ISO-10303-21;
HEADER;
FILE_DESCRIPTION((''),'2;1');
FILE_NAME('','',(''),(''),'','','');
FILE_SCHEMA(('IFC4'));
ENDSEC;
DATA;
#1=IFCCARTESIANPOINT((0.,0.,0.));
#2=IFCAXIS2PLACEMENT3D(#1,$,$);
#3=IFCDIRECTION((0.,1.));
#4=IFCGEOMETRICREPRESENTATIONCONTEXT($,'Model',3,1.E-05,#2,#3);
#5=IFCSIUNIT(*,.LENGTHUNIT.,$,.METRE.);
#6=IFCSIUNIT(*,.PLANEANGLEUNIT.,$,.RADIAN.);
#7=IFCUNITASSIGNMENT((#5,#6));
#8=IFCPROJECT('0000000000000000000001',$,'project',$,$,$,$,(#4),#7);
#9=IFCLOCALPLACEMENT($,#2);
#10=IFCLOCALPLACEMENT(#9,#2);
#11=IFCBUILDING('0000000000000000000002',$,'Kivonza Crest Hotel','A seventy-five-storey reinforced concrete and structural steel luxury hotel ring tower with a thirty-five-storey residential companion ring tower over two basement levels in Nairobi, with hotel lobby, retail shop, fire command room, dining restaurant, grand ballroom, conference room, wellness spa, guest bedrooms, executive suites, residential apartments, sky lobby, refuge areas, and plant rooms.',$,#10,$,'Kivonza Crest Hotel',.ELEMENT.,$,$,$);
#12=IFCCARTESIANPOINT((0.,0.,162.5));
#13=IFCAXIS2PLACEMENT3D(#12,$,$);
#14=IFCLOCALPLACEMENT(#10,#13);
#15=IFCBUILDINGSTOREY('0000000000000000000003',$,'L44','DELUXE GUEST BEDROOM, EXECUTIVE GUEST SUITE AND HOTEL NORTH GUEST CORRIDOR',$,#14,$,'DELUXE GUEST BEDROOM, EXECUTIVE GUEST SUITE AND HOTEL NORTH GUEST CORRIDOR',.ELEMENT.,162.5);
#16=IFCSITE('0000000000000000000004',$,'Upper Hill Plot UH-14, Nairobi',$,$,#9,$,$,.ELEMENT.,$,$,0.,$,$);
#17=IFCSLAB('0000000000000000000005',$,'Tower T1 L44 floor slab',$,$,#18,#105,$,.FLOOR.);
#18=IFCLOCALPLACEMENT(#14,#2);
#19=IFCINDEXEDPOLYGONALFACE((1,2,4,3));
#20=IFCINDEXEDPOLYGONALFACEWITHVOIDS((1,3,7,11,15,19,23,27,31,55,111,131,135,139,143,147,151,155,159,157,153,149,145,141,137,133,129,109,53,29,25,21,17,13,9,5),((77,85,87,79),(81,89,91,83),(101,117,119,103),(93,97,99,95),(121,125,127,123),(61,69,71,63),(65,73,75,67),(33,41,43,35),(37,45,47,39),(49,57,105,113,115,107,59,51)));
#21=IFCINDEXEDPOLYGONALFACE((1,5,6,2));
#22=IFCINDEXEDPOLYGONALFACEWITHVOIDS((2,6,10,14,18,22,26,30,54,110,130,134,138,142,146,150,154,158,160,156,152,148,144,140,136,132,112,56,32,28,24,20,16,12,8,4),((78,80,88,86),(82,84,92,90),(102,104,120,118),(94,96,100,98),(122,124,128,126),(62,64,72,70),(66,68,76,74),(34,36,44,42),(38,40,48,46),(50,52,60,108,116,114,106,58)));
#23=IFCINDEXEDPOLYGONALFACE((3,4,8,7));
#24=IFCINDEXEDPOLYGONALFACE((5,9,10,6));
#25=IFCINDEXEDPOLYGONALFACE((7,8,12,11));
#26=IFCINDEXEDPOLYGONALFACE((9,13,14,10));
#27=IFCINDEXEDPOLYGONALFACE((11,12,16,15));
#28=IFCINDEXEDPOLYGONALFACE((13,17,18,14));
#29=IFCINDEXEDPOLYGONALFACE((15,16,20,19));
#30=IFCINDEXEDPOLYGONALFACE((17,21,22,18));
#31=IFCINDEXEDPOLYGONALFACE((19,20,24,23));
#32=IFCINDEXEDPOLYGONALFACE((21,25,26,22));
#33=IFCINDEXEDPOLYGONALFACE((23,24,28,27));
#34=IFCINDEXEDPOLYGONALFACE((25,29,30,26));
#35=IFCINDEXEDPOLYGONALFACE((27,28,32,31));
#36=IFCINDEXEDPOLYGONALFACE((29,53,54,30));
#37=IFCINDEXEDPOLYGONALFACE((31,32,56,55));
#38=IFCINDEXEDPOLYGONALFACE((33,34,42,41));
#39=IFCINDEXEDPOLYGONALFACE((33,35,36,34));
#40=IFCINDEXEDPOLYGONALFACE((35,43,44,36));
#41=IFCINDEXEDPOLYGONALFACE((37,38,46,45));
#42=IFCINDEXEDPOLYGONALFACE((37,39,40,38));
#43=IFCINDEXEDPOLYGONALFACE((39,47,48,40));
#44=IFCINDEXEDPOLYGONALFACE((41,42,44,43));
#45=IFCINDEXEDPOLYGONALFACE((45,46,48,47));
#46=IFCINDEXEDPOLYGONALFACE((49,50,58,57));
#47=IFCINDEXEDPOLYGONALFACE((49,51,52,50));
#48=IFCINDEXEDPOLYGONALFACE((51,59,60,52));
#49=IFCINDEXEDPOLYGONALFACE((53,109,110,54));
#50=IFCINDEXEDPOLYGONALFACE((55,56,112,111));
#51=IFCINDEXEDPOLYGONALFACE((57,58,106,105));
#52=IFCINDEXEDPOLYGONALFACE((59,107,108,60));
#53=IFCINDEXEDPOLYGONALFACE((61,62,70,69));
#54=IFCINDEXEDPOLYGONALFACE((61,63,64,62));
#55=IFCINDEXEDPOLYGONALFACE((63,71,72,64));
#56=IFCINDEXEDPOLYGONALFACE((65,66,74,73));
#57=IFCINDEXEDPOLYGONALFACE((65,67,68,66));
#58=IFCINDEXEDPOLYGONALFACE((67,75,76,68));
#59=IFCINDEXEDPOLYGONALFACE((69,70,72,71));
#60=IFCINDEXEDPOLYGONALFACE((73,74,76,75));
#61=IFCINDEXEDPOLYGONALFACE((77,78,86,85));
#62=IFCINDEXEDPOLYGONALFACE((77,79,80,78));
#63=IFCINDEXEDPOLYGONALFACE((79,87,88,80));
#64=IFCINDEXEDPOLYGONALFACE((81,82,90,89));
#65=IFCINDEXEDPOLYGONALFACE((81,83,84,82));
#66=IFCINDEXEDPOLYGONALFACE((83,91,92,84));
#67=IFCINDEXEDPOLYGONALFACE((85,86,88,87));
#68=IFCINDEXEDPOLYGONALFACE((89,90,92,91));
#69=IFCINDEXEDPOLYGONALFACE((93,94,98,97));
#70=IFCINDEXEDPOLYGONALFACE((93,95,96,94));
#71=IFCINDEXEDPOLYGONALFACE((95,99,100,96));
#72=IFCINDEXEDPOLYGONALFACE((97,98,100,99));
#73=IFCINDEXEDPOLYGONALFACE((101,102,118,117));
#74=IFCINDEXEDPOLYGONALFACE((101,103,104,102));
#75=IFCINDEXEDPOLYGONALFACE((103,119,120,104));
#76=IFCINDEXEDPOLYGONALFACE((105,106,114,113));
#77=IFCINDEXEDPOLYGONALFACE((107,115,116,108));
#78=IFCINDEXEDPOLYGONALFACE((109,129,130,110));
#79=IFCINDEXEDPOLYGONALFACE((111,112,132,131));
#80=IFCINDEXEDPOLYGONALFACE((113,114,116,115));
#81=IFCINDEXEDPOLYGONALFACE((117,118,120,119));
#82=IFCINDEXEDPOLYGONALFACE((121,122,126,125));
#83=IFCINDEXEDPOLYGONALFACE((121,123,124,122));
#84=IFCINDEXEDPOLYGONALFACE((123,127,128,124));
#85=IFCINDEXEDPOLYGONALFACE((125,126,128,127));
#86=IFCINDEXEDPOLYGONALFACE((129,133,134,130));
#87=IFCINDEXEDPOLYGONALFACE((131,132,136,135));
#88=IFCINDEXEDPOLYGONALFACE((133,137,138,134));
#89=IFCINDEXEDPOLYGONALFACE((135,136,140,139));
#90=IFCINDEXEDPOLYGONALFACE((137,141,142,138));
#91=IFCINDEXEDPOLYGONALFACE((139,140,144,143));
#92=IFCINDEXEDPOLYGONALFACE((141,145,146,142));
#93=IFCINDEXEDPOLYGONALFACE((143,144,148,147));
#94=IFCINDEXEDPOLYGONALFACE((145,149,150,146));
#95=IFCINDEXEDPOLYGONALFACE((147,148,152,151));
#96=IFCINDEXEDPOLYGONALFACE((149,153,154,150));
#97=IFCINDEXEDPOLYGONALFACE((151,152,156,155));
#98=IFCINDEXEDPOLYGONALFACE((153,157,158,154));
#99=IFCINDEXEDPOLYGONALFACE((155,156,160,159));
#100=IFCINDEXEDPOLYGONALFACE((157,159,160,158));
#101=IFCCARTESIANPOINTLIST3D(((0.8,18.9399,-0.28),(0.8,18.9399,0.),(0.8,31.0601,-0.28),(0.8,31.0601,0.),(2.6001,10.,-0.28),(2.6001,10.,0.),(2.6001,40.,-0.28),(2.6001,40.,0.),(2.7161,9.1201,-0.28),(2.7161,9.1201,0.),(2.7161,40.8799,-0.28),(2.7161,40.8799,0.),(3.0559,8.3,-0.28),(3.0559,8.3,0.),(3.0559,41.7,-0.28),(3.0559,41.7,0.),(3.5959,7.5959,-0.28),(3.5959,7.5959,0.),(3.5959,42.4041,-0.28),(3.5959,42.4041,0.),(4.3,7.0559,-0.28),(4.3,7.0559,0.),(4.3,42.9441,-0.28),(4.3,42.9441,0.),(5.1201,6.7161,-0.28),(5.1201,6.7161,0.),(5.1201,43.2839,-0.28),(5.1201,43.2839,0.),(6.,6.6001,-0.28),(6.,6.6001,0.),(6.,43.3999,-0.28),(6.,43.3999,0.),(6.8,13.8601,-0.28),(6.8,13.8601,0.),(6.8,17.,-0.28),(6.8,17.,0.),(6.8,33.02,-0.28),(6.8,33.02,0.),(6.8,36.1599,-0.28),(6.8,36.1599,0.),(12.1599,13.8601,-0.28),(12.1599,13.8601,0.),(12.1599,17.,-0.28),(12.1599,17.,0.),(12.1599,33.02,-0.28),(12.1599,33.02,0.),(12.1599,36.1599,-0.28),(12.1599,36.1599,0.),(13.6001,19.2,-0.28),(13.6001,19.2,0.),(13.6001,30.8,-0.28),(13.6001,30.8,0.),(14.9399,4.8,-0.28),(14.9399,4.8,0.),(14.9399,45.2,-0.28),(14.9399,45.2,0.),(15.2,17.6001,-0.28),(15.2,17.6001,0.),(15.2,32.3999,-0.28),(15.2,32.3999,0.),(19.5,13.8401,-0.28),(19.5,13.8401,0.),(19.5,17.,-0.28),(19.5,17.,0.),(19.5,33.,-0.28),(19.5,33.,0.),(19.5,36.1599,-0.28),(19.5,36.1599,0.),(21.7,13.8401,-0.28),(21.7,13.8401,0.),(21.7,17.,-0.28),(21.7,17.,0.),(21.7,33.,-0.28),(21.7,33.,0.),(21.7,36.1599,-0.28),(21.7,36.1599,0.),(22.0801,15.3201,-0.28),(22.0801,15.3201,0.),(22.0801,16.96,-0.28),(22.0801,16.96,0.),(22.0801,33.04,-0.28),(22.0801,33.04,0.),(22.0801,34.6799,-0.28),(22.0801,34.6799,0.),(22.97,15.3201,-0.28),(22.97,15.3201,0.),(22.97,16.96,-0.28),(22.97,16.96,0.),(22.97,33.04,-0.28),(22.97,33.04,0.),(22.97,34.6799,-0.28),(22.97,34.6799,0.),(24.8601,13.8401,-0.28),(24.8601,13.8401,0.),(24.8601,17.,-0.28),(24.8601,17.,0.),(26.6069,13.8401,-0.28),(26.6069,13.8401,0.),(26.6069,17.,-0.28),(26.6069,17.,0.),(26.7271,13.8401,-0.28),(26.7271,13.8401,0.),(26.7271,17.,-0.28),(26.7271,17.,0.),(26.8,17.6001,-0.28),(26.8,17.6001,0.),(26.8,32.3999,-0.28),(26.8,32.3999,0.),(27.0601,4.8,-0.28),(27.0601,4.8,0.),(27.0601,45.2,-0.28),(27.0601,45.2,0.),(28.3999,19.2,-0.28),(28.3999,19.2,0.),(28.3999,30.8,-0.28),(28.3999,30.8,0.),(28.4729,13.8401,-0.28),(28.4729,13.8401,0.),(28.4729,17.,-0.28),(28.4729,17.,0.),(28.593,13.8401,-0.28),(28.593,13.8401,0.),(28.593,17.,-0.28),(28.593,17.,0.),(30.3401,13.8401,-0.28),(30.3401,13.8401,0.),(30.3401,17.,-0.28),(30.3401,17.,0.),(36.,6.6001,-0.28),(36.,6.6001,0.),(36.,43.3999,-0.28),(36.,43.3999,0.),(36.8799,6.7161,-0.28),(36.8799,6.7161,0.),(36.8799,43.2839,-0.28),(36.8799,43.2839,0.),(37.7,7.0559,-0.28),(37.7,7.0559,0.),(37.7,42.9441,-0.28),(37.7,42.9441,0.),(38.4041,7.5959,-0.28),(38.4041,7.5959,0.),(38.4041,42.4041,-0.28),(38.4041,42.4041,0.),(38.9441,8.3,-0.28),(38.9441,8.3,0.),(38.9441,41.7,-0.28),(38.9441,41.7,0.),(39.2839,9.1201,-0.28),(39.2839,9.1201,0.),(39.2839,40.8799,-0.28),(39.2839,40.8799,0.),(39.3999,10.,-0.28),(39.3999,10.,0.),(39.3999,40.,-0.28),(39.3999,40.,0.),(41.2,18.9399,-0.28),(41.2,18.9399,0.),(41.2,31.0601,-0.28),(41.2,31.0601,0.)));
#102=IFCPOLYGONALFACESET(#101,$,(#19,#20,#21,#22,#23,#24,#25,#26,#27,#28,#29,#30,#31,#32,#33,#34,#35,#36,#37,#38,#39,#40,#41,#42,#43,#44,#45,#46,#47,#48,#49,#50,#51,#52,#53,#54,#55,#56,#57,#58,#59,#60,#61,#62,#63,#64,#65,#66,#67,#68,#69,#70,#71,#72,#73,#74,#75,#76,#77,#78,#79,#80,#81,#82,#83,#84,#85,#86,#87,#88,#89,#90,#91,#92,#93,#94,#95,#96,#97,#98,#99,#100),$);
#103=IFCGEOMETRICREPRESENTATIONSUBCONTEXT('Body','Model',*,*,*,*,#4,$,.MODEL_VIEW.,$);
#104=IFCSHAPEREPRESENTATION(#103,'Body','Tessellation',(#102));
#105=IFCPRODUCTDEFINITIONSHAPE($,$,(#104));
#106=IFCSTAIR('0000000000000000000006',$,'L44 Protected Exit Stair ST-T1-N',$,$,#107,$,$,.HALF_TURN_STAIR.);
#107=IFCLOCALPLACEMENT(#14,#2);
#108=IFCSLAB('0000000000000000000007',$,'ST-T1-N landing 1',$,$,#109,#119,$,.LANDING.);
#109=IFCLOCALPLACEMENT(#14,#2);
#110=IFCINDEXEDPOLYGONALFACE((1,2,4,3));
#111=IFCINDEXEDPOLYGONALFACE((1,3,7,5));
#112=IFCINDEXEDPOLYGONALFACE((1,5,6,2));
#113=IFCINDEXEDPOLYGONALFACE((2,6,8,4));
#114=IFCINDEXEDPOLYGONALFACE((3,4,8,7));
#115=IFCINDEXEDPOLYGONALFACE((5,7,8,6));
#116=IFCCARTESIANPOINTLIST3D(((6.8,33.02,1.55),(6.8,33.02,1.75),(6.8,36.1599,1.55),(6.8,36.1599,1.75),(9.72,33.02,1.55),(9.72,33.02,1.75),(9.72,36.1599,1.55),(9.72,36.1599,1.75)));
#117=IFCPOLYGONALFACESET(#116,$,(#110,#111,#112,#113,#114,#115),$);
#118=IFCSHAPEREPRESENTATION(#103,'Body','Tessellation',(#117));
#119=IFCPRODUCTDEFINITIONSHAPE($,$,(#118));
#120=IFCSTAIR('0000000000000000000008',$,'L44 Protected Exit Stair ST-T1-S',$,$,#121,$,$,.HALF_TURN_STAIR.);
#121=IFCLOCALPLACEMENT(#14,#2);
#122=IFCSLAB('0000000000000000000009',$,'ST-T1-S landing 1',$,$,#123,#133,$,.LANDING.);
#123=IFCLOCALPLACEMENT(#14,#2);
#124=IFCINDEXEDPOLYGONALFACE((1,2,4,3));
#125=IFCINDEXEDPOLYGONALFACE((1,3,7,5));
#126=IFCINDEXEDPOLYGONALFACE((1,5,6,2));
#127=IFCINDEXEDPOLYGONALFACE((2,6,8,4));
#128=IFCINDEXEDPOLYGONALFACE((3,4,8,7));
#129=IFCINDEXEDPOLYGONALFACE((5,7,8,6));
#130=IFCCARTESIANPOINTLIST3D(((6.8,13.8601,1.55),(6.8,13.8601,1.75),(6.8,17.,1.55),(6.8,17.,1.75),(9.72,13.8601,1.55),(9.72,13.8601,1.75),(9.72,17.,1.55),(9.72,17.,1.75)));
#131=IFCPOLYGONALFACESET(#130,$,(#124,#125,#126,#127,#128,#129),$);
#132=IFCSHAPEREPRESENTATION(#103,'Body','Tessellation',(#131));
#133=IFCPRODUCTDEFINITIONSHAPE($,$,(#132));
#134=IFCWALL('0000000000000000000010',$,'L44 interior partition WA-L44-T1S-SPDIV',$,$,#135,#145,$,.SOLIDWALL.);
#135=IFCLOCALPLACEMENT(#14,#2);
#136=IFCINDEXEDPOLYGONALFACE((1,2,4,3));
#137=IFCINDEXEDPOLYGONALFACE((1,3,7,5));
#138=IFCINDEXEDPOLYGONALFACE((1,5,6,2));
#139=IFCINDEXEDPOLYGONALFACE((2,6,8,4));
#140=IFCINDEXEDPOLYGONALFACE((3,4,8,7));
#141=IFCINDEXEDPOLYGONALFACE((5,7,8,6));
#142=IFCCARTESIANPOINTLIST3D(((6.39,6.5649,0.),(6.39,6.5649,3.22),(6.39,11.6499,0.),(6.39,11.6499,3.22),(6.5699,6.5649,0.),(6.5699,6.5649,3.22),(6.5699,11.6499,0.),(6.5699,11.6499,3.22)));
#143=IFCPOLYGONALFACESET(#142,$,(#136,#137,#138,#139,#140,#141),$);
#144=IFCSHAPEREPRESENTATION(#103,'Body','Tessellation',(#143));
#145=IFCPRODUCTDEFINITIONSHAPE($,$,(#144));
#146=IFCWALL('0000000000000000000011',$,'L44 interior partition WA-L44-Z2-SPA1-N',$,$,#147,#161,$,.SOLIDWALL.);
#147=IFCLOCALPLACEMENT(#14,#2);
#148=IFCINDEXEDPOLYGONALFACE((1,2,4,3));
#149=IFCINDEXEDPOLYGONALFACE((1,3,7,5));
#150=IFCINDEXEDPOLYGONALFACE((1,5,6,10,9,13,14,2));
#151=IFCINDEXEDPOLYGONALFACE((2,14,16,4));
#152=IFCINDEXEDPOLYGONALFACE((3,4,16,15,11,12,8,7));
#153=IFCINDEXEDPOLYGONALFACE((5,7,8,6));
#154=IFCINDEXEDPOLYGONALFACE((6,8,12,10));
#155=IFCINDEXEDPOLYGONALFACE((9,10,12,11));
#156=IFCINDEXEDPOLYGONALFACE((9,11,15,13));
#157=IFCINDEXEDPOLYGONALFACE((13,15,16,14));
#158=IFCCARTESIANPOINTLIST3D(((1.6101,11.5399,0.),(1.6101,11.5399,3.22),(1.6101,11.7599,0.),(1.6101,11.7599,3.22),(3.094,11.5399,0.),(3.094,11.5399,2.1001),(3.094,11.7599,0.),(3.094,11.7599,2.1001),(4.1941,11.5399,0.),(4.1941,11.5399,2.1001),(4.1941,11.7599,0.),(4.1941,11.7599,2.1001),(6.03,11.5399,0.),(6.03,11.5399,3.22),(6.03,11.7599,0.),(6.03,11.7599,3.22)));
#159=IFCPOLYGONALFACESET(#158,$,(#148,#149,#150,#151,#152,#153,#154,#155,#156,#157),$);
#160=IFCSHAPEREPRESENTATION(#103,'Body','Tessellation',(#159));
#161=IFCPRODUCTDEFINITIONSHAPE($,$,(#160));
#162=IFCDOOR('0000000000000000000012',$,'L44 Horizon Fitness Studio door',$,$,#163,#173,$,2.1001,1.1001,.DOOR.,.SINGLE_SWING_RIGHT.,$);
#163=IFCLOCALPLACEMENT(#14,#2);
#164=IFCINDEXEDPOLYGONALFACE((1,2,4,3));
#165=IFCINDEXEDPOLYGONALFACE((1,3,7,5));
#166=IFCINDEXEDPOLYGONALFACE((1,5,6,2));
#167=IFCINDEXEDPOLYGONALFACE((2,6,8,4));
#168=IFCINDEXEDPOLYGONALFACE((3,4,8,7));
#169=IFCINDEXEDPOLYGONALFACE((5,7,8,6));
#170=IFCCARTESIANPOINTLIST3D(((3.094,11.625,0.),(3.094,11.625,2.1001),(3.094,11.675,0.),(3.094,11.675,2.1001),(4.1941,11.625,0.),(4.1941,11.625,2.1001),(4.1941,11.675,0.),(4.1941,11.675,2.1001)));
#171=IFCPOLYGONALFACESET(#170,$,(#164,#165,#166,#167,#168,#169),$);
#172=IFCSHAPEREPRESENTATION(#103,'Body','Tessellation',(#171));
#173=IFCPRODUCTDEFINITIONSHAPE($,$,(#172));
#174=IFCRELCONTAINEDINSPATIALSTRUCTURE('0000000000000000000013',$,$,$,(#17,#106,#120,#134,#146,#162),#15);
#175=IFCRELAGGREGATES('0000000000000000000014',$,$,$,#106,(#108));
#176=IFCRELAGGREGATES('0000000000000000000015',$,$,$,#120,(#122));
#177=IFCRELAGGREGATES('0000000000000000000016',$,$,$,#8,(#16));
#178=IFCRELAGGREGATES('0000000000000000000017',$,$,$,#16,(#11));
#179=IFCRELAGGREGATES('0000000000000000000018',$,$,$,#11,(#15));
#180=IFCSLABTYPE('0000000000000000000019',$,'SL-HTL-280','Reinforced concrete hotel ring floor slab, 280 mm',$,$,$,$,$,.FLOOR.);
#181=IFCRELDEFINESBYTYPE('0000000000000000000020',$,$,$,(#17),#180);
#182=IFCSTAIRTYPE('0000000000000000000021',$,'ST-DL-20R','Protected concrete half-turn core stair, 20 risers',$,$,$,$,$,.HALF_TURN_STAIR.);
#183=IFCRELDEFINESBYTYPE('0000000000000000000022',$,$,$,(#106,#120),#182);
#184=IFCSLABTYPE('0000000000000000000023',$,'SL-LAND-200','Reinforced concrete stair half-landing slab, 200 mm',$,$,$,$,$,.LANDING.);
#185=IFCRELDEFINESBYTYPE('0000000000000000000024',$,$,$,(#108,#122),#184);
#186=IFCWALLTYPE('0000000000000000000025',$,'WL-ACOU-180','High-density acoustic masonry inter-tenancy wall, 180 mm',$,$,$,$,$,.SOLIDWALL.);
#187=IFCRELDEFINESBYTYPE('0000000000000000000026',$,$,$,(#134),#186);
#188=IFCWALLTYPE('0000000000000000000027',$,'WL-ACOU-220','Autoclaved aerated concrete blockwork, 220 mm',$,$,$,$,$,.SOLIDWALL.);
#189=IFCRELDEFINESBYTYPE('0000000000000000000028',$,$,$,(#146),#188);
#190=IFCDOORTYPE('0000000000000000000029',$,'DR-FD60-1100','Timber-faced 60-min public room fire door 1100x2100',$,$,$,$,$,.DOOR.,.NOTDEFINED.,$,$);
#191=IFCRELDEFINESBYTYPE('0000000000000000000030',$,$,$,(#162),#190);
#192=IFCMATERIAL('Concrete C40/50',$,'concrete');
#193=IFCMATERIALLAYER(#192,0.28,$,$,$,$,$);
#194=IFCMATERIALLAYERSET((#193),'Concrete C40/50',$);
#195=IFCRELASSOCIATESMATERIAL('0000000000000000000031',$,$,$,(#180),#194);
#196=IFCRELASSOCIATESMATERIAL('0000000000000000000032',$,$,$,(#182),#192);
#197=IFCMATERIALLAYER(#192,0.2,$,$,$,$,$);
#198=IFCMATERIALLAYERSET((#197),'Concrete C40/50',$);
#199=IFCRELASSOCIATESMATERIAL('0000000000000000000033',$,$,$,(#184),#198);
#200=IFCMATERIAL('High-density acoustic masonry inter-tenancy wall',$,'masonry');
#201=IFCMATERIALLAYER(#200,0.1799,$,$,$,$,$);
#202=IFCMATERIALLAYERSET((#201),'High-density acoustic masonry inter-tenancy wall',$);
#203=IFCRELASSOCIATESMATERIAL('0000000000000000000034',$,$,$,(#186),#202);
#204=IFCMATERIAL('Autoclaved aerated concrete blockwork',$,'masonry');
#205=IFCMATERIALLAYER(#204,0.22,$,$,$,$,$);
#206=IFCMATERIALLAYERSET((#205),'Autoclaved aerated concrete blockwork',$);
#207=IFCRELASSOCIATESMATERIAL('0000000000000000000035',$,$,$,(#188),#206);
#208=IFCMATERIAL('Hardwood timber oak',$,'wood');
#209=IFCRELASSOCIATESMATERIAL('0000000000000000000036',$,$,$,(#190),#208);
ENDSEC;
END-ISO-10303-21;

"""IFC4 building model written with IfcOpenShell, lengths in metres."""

from ifc_helpers import new_model, si_unit, direction, frame, frame_2d, origin, place, context, subcontext, project, spatial, polyline, rectangle, outline, extrude, material, layer, layer_set, type_object, element, fill, aggregate, save


model = new_model("IFC4")

# Units and contexts
model_context = context("Model", 3, precision=1e-05, world=origin(), true_north=direction((0.0, 1.0)))
body_context = subcontext(model_context, "Body", "Model", "MODEL_VIEW")
ifc_project = project(units=[si_unit("LENGTHUNIT", "METRE"), si_unit("PLANEANGLEUNIT", "RADIAN")], contexts=[model_context])

# Site, building, storey
site_placement = place(None, origin())
site = spatial("IfcSite", under=ifc_project, at=site_placement, Name="Upper Hill Plot UH-14, Nairobi", CompositionType="ELEMENT", RefElevation=0.0)
building_placement = place(site_placement, origin())
building = spatial("IfcBuilding", under=site, at=building_placement, Name="Kivonza Crest Hotel", Description="A seventy-five-storey reinforced concrete and structural steel luxury hotel ring tower with a thirty-five-storey residential companion ring tower over two basement levels in Nairobi, with hotel lobby, retail shop, fire command room, dining restaurant, grand ballroom, conference room, wellness spa, guest bedrooms, executive suites, residential apartments, sky lobby, refuge areas, and plant rooms.", LongName="Kivonza Crest Hotel", CompositionType="ELEMENT")
storey_placement = place(building_placement, frame((0.0, 0.0, 162.5)))
storey = spatial("IfcBuildingStorey", under=building, at=storey_placement, Name="L44", Description="DELUXE GUEST BEDROOM, EXECUTIVE GUEST SUITE AND HOTEL NORTH GUEST CORRIDOR", LongName="DELUXE GUEST BEDROOM, EXECUTIVE GUEST SUITE AND HOTEL NORTH GUEST CORRIDOR", CompositionType="ELEMENT", Elevation=162.5)

# Slab
ifc_material_1 = material(Name="Concrete C40/50", Category="concrete")
ifc_layer_1 = layer(ifc_material_1, 0.28)
ifc_layer_set_1 = layer_set([ifc_layer_1], Name="Concrete C40/50")
slab_type_1 = type_object("IfcSlabType", Name="SL-HTL-280", Description="Reinforced concrete hotel ring floor slab, 280 mm", PredefinedType="FLOOR", material=ifc_layer_set_1)
slab_1_placement = place(storey_placement, frame((0.0, 0.0, -0.28)))
element("IfcSlab", 1, at=slab_1_placement, inside=storey, type_object=slab_type_1, Name="Tower T1 L44 floor slab", PredefinedType="FLOOR", context=body_context, shape_type="SweptSolid", body=[
    extrude(outline(polyline([(2.6001, 10.0), (2.7161, 9.1201), (3.0559, 8.3), (3.5959, 7.5959), (4.3, 7.0559), (5.1201, 6.7161), (6.0, 6.6001), (14.9399, 4.8), (27.0601, 4.8), (36.0, 6.6001), (36.8799, 6.7161), (37.7, 7.0559), (38.4041, 7.5959), (38.9441, 8.3), (39.2839, 9.1201), (39.3999, 10.0), (41.2, 18.9399), (41.2, 31.0601), (39.3999, 40.0), (39.2839, 40.8799), (38.9441, 41.7), (38.4041, 42.4041), (37.7, 42.9441), (36.8799, 43.2839), (36.0, 43.3999), (27.0601, 45.2), (14.9399, 45.2), (6.0, 43.3999), (5.1201, 43.2839), (4.3, 42.9441), (3.5959, 42.4041), (3.0559, 41.7), (2.7161, 40.8799), (2.6001, 40.0), (0.8, 31.0601), (0.8, 18.9399), (2.6001, 10.0)]), holes=[polyline([(15.2, 17.6001), (26.8, 17.6001), (28.3999, 19.2), (28.3999, 30.8), (26.8, 32.3999), (15.2, 32.3999), (13.6001, 30.8), (13.6001, 19.2), (15.2, 17.6001)]), polyline([(6.8, 33.02), (12.1599, 33.02), (12.1599, 36.1599), (6.8, 36.1599), (6.8, 33.02)]), polyline([(6.8, 13.8601), (12.1599, 13.8601), (12.1599, 17.0), (6.8, 17.0), (6.8, 13.8601)]), polyline([(22.0801, 33.04), (22.97, 33.04), (22.97, 34.6799), (22.0801, 34.6799), (22.0801, 33.04)]), polyline([(22.0801, 15.3201), (22.97, 15.3201), (22.97, 16.96), (22.0801, 16.96), (22.0801, 15.3201)]), polyline([(19.5, 33.0), (21.7, 33.0), (21.7, 36.1599), (19.5, 36.1599), (19.5, 33.0)]), polyline([(19.5, 13.8401), (21.7, 13.8401), (21.7, 17.0), (19.5, 17.0), (19.5, 13.8401)]), polyline([(24.8601, 13.8401), (26.6069, 13.8401), (26.6069, 17.0), (24.8601, 17.0), (24.8601, 13.8401)]), polyline([(26.7271, 13.8401), (28.4729, 13.8401), (28.4729, 17.0), (26.7271, 17.0), (26.7271, 13.8401)]), polyline([(28.593, 13.8401), (30.3401, 13.8401), (30.3401, 17.0), (28.593, 17.0), (28.593, 13.8401)])]), origin(), (0.0, 0.0, 1.0), 0.28),
])

# Stairs, slabs
stair_type = type_object("IfcStairType", Name="ST-DL-20R", Description="Protected concrete half-turn core stair, 20 risers", PredefinedType="HALF_TURN_STAIR", material=ifc_material_1)
stair_1_placement = place(storey_placement, origin())
stair_1 = element("IfcStair", 2, at=stair_1_placement, inside=storey, type_object=stair_type, Name="L44 Protected Exit Stair ST-T1-N", PredefinedType="HALF_TURN_STAIR")
ifc_layer_2 = layer(ifc_material_1, 0.2)
ifc_layer_set_2 = layer_set([ifc_layer_2], Name="Concrete C40/50")
slab_type_2 = type_object("IfcSlabType", Name="SL-LAND-200", Description="Reinforced concrete stair half-landing slab, 200 mm", PredefinedType="LANDING", material=ifc_layer_set_2)
slab_2_placement = place(storey_placement, frame((0.0, 0.0, 1.55)))
slab_2 = element("IfcSlab", 3, at=slab_2_placement, type_object=slab_type_2, Name="ST-T1-N landing 1", PredefinedType="LANDING", context=body_context, shape_type="SweptSolid", body=[
    extrude(outline(polyline([(9.72, 36.1599), (6.8, 36.1599), (6.8, 33.02), (9.72, 33.02), (9.72, 36.1599)])), origin(), (0.0, 0.0, 1.0), 0.2),
])
aggregate(stair_1, [slab_2])
stair_2_placement = place(storey_placement, origin())
stair_2 = element("IfcStair", 4, at=stair_2_placement, inside=storey, type_object=stair_type, Name="L44 Protected Exit Stair ST-T1-S", PredefinedType="HALF_TURN_STAIR")
slab_3_placement = place(storey_placement, frame((0.0, 0.0, 1.55)))
slab_3 = element("IfcSlab", 5, at=slab_3_placement, type_object=slab_type_2, Name="ST-T1-S landing 1", PredefinedType="LANDING", context=body_context, shape_type="SweptSolid", body=[
    extrude(outline(polyline([(9.72, 17.0), (6.8, 17.0), (6.8, 13.8601), (9.72, 13.8601), (9.72, 17.0)])), origin(), (0.0, 0.0, 1.0), 0.2),
])
aggregate(stair_2, [slab_3])

# Wall
ifc_material_2 = material(Name="High-density acoustic masonry inter-tenancy wall", Category="masonry")
ifc_layer_3 = layer(ifc_material_2, 0.1799)
ifc_layer_set_3 = layer_set([ifc_layer_3], Name="High-density acoustic masonry inter-tenancy wall")
wall_type_1 = type_object("IfcWallType", Name="WL-ACOU-180", Description="High-density acoustic masonry inter-tenancy wall, 180 mm", PredefinedType="SOLIDWALL", material=ifc_layer_set_3)
wall_1_placement = place(storey_placement, frame((6.48, 6.5649, 0.0), z_axis=(0.0, 0.0, 1.0), x_axis=(0.0, 1.0, 0.0)))
element("IfcWall", 6, at=wall_1_placement, inside=storey, type_object=wall_type_1, Name="L44 interior partition WA-L44-T1S-SPDIV", PredefinedType="SOLIDWALL", context=body_context, shape_type="SweptSolid", body=[
    extrude(rectangle(XDim=5.085, YDim=0.1799, at=frame_2d((2.5425, 0.0))), origin(), (0.0, 0.0, 1.0), 3.22),
])

# Wall, opening, door
ifc_material_3 = material(Name="Autoclaved aerated concrete blockwork", Category="masonry")
ifc_layer_4 = layer(ifc_material_3, 0.22)
ifc_layer_set_4 = layer_set([ifc_layer_4], Name="Autoclaved aerated concrete blockwork")
wall_type_2 = type_object("IfcWallType", Name="WL-ACOU-220", Description="Autoclaved aerated concrete blockwork, 220 mm", PredefinedType="SOLIDWALL", material=ifc_layer_set_4)
wall_2_placement = place(storey_placement, frame((1.6101, 11.6499, 0.0), z_axis=(0.0, 0.0, 1.0), x_axis=(1.0, 0.0, 0.0)))
wall_2 = element("IfcWall", 7, at=wall_2_placement, inside=storey, type_object=wall_type_2, Name="L44 interior partition WA-L44-Z2-SPA1-N", PredefinedType="SOLIDWALL", context=body_context, shape_type="SweptSolid", body=[
    extrude(rectangle(XDim=4.4199, YDim=0.22, at=frame_2d((2.21, 0.0))), origin(), (0.0, 0.0, 1.0), 3.22),
])
opening_1_placement = place(wall_2_placement, frame((1.4839, 0.0, 0.0)))
opening_1 = element("IfcOpeningElement", 8, at=opening_1_placement, cuts=wall_2, PredefinedType="OPENING", context=body_context, shape_type="SweptSolid", body=[
    extrude(rectangle(XDim=1.1001, YDim=2.1001, at=frame_2d((0.55, 1.05))), frame((0.0, 0.1201, 0.0), z_axis=(0.0, -1.0, 0.0), x_axis=(1.0, 0.0, 0.0)), (0.0, 0.0, 1.0), 0.24),
])
ifc_material_4 = material(Name="Hardwood timber oak", Category="wood")
door_type = type_object("IfcDoorType", Name="DR-FD60-1100", Description="Timber-faced 60-min public room fire door 1100x2100", OperationType="NOTDEFINED", PredefinedType="DOOR", material=ifc_material_4)
door_1_placement = place(opening_1_placement, frame((1.1001, 0.0, 0.0), z_axis=(0.0, 0.0, 1.0), x_axis=(-1.0, 0.0, 0.0)))
door_1 = element("IfcDoor", 9, at=door_1_placement, inside=storey, type_object=door_type, Name="L44 Horizon Fitness Studio door", OperationType="SINGLE_SWING_RIGHT", OverallHeight=2.1001, OverallWidth=1.1001, PredefinedType="DOOR", context=body_context, shape_type="SweptSolid", body=[
    extrude(rectangle(XDim=1.1001, YDim=2.1001, at=frame_2d((0.55, 1.05))), frame((0.0, 0.0249, 0.0), z_axis=(0.0, -1.0, 0.0), x_axis=(1.0, 0.0, 0.0)), (0.0, 0.0, 1.0), 0.05),
])
fill(opening_1, door_1)

save(model, "model.ifc")
